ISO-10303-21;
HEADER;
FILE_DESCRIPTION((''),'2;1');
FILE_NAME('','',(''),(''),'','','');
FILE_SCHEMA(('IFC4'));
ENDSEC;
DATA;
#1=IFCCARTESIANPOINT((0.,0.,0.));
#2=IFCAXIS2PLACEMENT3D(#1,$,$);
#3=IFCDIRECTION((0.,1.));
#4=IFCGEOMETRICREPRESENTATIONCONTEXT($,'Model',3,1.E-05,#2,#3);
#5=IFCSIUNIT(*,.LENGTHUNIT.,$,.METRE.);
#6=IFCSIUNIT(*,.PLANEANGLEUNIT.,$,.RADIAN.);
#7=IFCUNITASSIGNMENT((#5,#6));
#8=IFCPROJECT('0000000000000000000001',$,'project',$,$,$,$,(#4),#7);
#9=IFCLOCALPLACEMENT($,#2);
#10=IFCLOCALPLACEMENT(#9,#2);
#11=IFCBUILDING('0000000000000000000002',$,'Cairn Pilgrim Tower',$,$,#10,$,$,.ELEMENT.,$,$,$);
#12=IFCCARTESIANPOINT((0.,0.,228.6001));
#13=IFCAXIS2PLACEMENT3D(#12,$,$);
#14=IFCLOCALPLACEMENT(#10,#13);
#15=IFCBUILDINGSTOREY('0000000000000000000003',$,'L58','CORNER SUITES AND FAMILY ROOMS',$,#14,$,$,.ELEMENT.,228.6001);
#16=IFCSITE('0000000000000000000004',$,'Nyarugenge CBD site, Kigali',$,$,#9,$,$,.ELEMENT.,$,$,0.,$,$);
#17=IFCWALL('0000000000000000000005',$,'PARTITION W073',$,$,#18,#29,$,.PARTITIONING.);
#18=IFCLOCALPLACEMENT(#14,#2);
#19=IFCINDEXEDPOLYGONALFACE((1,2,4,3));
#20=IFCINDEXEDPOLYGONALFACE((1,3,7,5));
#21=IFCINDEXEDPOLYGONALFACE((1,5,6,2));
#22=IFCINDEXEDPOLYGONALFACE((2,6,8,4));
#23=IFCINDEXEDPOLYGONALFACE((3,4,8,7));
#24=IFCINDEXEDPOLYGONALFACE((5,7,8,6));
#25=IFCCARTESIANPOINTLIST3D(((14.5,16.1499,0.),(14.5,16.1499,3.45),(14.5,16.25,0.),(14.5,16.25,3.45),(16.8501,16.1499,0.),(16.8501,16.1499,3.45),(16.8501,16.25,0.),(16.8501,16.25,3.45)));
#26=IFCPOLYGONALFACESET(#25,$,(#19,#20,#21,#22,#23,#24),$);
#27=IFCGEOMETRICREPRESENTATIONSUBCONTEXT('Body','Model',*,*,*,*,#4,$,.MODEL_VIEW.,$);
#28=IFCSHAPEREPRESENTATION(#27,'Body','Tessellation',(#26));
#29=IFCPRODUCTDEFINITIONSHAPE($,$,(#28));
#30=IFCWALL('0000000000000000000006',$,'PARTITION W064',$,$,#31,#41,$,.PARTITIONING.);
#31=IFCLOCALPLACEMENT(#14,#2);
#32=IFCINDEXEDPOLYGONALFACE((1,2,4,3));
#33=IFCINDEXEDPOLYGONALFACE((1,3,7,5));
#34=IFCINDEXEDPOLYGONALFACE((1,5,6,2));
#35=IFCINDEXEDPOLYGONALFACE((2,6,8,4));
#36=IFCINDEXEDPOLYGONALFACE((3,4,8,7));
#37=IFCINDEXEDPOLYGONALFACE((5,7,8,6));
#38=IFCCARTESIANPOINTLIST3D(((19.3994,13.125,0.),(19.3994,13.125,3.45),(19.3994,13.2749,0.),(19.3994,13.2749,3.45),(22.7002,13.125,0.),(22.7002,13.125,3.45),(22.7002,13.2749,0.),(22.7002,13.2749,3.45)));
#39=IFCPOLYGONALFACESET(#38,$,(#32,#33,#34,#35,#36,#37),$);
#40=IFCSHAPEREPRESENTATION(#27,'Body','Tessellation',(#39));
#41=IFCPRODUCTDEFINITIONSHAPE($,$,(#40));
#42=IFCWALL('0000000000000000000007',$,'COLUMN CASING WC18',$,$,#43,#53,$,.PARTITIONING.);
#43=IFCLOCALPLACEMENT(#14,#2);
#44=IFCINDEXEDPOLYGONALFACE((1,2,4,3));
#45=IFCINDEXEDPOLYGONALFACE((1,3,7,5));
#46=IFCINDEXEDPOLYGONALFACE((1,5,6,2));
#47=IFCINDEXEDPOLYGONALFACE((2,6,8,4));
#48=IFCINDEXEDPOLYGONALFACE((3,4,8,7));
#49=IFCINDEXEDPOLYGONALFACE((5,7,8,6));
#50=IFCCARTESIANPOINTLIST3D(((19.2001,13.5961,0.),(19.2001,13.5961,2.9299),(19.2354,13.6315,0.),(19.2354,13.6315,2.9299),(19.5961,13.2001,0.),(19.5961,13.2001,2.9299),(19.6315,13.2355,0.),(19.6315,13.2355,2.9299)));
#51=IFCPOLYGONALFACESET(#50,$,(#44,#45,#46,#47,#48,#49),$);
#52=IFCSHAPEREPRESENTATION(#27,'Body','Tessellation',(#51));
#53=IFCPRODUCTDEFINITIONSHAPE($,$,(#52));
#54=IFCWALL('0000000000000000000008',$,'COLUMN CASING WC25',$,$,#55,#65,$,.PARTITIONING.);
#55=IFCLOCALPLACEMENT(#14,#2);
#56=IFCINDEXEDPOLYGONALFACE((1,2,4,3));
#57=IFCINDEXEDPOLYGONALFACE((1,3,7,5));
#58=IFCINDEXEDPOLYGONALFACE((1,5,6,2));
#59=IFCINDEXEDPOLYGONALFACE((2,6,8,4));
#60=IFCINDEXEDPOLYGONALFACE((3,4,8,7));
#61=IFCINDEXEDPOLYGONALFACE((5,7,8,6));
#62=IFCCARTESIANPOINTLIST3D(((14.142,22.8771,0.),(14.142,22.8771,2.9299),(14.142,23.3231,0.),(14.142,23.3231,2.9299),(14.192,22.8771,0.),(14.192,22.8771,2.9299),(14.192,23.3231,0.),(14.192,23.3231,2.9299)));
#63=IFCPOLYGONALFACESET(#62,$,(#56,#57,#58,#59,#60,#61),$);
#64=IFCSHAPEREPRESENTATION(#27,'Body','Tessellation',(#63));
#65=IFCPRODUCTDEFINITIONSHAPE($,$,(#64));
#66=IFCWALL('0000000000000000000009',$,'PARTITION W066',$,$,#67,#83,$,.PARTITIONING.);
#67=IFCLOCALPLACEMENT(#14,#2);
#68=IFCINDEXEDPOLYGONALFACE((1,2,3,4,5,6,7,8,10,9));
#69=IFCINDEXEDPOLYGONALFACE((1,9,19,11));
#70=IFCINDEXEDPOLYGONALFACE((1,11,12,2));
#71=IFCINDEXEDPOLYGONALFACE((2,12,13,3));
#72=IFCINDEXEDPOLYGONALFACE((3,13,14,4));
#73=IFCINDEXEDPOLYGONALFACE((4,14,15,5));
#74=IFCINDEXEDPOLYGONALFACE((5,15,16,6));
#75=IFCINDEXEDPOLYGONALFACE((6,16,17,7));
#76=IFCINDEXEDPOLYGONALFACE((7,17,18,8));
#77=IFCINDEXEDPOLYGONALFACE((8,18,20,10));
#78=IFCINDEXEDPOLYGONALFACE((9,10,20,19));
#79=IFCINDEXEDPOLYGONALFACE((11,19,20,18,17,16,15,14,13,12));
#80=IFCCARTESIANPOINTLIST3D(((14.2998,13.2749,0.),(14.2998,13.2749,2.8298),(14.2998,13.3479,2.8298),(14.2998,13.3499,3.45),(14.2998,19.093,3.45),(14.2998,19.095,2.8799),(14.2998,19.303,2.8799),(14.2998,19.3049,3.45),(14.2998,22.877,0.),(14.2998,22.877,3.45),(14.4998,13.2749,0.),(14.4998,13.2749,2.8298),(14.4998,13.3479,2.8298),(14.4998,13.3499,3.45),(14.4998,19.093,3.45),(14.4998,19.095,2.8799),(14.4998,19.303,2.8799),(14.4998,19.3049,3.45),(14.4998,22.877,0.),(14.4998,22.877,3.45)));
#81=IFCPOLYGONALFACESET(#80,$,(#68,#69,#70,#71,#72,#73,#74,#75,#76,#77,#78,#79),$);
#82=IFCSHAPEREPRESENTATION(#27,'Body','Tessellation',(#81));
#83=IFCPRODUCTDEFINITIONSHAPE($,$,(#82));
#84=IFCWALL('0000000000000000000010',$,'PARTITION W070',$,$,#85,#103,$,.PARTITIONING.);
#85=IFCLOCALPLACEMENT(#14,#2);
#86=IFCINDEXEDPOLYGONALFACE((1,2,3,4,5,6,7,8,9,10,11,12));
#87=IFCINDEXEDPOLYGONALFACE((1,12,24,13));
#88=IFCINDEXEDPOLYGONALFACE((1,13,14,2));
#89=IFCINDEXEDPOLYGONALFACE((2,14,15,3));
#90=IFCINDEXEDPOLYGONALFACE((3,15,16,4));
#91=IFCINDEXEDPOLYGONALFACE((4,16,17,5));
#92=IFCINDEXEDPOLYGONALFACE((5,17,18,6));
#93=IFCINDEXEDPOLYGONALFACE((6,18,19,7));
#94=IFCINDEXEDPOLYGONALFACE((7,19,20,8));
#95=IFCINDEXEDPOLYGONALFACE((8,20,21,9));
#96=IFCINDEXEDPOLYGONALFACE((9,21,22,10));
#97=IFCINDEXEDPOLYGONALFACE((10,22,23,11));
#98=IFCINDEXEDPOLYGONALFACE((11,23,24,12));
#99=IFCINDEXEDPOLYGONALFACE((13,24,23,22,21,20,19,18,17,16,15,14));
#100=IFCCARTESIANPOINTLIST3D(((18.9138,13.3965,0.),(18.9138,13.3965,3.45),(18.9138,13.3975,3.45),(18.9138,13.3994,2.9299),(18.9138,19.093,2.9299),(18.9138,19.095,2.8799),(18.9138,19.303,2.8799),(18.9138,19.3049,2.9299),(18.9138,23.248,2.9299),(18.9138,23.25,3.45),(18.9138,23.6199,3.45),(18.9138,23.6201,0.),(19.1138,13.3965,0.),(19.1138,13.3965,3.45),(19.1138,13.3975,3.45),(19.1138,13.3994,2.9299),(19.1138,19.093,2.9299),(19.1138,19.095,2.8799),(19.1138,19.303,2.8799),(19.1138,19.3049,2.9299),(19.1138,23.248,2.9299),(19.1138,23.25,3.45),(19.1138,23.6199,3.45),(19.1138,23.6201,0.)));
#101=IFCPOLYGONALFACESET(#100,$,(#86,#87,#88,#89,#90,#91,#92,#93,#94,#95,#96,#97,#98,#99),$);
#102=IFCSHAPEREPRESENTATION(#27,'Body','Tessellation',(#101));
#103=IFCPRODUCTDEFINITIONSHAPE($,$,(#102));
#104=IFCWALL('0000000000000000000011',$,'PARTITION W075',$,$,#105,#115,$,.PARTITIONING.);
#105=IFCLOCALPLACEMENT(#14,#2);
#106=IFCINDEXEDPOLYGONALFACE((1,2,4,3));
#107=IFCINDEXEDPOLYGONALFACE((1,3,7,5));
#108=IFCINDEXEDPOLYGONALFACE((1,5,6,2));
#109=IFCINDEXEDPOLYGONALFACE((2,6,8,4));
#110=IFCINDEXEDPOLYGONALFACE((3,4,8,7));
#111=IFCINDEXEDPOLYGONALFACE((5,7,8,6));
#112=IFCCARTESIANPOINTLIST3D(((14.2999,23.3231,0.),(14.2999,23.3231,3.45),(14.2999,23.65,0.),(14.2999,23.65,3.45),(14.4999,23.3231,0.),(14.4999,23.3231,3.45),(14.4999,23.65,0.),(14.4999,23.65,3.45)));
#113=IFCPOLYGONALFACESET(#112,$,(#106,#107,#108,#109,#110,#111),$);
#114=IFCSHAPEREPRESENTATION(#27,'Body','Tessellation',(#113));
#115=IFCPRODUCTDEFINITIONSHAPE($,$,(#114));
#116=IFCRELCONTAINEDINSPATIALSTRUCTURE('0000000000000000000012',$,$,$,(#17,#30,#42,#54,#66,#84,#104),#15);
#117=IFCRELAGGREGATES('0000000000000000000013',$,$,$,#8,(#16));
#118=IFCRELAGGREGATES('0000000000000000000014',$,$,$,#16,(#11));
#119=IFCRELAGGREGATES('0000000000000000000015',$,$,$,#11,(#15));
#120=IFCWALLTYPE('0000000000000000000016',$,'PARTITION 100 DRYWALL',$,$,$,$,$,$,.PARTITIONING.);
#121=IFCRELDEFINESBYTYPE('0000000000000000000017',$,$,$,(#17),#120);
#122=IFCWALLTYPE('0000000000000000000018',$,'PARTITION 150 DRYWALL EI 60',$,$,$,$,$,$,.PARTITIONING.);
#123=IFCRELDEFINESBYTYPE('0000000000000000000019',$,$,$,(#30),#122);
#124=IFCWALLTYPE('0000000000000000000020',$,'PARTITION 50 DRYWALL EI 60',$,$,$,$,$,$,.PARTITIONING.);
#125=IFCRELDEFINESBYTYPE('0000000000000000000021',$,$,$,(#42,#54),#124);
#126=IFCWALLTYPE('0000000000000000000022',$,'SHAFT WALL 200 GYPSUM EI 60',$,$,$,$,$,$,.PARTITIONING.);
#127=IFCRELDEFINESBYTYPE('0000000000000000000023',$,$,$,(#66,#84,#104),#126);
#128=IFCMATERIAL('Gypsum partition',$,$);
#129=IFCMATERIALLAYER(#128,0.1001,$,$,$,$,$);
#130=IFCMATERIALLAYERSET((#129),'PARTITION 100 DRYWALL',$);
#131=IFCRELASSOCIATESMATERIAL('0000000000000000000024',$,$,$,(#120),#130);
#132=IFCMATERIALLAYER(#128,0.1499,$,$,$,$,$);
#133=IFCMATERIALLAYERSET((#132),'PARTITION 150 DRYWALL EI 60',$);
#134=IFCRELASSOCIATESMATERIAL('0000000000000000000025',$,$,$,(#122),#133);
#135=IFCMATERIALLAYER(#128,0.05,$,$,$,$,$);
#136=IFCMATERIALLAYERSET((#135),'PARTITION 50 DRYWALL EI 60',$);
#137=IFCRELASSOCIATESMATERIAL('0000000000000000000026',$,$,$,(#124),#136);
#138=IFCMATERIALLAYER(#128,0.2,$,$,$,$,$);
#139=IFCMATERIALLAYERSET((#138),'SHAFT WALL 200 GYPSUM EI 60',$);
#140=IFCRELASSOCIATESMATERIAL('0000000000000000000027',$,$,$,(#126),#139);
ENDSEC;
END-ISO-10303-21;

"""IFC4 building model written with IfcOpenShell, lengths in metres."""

from ifc_helpers import new_model, si_unit, direction, frame, frame_2d, origin, place, context, subcontext, project, spatial, polyline, rectangle, outline, extrude, material, layer, layer_set, type_object, element, save


model = new_model("IFC4")

# Units and contexts
model_context = context("Model", 3, precision=1e-05, world=origin(), true_north=direction((0.0, 1.0)))
body_context = subcontext(model_context, "Body", "Model", "MODEL_VIEW")
ifc_project = project(units=[si_unit("LENGTHUNIT", "METRE"), si_unit("PLANEANGLEUNIT", "RADIAN")], contexts=[model_context])

# Site, building, storey
site_placement = place(None, origin())
site = spatial("IfcSite", under=ifc_project, at=site_placement, Name="Nyarugenge CBD site, Kigali", CompositionType="ELEMENT", RefElevation=0.0)
building_placement = place(site_placement, origin())
building = spatial("IfcBuilding", under=site, at=building_placement, Name="Cairn Pilgrim Tower", CompositionType="ELEMENT")
storey_placement = place(building_placement, frame((0.0, 0.0, 228.6001)))
storey = spatial("IfcBuildingStorey", under=building, at=storey_placement, Name="L58", Description="CORNER SUITES AND FAMILY ROOMS", CompositionType="ELEMENT", Elevation=228.6001)

# Shared definitions
ifc_material_1 = material(Name="Gypsum partition")
ifc_layer_1 = layer(ifc_material_1, 0.1001)
ifc_layer_set_1 = layer_set([ifc_layer_1], Name="PARTITION 100 DRYWALL")
wall_type_1 = type_object("IfcWallType", Name="PARTITION 100 DRYWALL", PredefinedType="PARTITIONING", material=ifc_layer_set_1)

# Walls
wall_1_placement = place(storey_placement, frame((14.5, 16.2, 0.0), z_axis=(0.0, 0.0, 1.0), x_axis=(1.0, 0.0, 0.0)))
element("IfcWall", 1, at=wall_1_placement, inside=storey, type_object=wall_type_1, Name="PARTITION W073", PredefinedType="PARTITIONING", context=body_context, shape_type="SweptSolid", body=[
    extrude(rectangle(XDim=2.3501, YDim=0.1001, at=frame_2d((1.175, 0.0))), origin(), (0.0, 0.0, 1.0), 3.45),
])
ifc_layer_2 = layer(ifc_material_1, 0.1499)
ifc_layer_set_2 = layer_set([ifc_layer_2], Name="PARTITION 150 DRYWALL EI 60")
wall_type_2 = type_object("IfcWallType", Name="PARTITION 150 DRYWALL EI 60", PredefinedType="PARTITIONING", material=ifc_layer_set_2)
wall_2_placement = place(storey_placement, frame((19.3994, 13.2, 0.0), z_axis=(0.0, 0.0, 1.0), x_axis=(1.0, 0.0, 0.0)))
element("IfcWall", 2, at=wall_2_placement, inside=storey, type_object=wall_type_2, Name="PARTITION W064", PredefinedType="PARTITIONING", context=body_context, shape_type="SweptSolid", body=[
    extrude(rectangle(XDim=3.3008, YDim=0.1499, at=frame_2d((1.6504, 0.0))), origin(), (0.0, 0.0, 1.0), 3.45),
])
ifc_layer_3 = layer(ifc_material_1, 0.05)
ifc_layer_set_3 = layer_set([ifc_layer_3], Name="PARTITION 50 DRYWALL EI 60")
wall_type_3 = type_object("IfcWallType", Name="PARTITION 50 DRYWALL EI 60", PredefinedType="PARTITIONING", material=ifc_layer_set_3)
wall_3_placement = place(storey_placement, frame((19.6138, 13.2178, 0.0), z_axis=(0.0, 0.0, 1.0), x_axis=(-0.707107, 0.707107, 0.0)))
element("IfcWall", 3, at=wall_3_placement, inside=storey, type_object=wall_type_3, Name="COLUMN CASING WC18", PredefinedType="PARTITIONING", context=body_context, shape_type="SweptSolid", body=[
    extrude(rectangle(XDim=0.5601, YDim=0.05, at=frame_2d((0.28, 0.0))), origin(), (0.0, 0.0, 1.0), 2.9299),
])
wall_4_placement = place(storey_placement, frame((14.167, 22.877, 0.0), z_axis=(0.0, 0.0, 1.0), x_axis=(0.0, 1.0, 0.0)))
element("IfcWall", 4, at=wall_4_placement, inside=storey, type_object=wall_type_3, Name="COLUMN CASING WC25", PredefinedType="PARTITIONING", context=body_context, shape_type="SweptSolid", body=[
    extrude(rectangle(XDim=0.446, YDim=0.05, at=frame_2d((0.2231, 0.0))), origin(), (0.0, 0.0, 1.0), 2.9299),
])
ifc_layer_4 = layer(ifc_material_1, 0.2)
ifc_layer_set_4 = layer_set([ifc_layer_4], Name="SHAFT WALL 200 GYPSUM EI 60")
wall_type_4 = type_object("IfcWallType", Name="SHAFT WALL 200 GYPSUM EI 60", PredefinedType="PARTITIONING", material=ifc_layer_set_4)
wall_5_placement = place(storey_placement, frame((14.3999, 13.2749, 0.0), z_axis=(0.0, 0.0, 1.0), x_axis=(0.0, 1.0, 0.0)))
element("IfcWall", 5, at=wall_5_placement, inside=storey, type_object=wall_type_4, Name="PARTITION W066", PredefinedType="PARTITIONING", context=body_context, shape_type="SweptSolid", body=[
    extrude(outline(polyline([(0.0, 0.0), (9.6021, 0.0), (9.6021, 3.45), (6.03, 3.45), (6.0281, 2.8799), (5.8201, 2.8799), (5.8181, 3.45), (0.075, 3.45), (0.073, 2.8298), (0.0, 2.8298), (0.0, 0.0)])), frame((0.0, 0.1001, 0.0), z_axis=(0.0, -1.0, 0.0), x_axis=(1.0, 0.0, 0.0)), (0.0, 0.0, 1.0), 0.2),
])
wall_6_placement = place(storey_placement, frame((19.0139, 13.3965, 0.0), z_axis=(0.0, 0.0, 1.0), x_axis=(0.0, 1.0, 0.0)))
element("IfcWall", 6, at=wall_6_placement, inside=storey, type_object=wall_type_4, Name="PARTITION W070", PredefinedType="PARTITIONING", context=body_context, shape_type="SweptSolid", body=[
    extrude(outline(polyline([(0.0, 0.0), (10.2236, 0.0), (10.2234, 3.45), (9.8535, 3.45), (9.8516, 2.9299), (5.9084, 2.9299), (5.9065, 2.8799), (5.6985, 2.8799), (5.6965, 2.9299), (0.0029, 2.9299), (0.001, 3.45), (0.0, 3.45), (0.0, 0.0)])), frame((0.0, 0.1001, 0.0), z_axis=(0.0, -1.0, 0.0), x_axis=(1.0, 0.0, 0.0)), (0.0, 0.0, 1.0), 0.2),
])
wall_7_placement = place(storey_placement, frame((14.3999, 23.323, 0.0), z_axis=(0.0, 0.0, 1.0), x_axis=(0.0, 1.0, 0.0)))
element("IfcWall", 7, at=wall_7_placement, inside=storey, type_object=wall_type_4, Name="PARTITION W075", PredefinedType="PARTITIONING", context=body_context, shape_type="SweptSolid", body=[
    extrude(rectangle(XDim=0.3269, YDim=0.2, at=frame_2d((0.1636, 0.0))), origin(), (0.0, 0.0, 1.0), 3.45),
])

save(model, "model.ifc")
